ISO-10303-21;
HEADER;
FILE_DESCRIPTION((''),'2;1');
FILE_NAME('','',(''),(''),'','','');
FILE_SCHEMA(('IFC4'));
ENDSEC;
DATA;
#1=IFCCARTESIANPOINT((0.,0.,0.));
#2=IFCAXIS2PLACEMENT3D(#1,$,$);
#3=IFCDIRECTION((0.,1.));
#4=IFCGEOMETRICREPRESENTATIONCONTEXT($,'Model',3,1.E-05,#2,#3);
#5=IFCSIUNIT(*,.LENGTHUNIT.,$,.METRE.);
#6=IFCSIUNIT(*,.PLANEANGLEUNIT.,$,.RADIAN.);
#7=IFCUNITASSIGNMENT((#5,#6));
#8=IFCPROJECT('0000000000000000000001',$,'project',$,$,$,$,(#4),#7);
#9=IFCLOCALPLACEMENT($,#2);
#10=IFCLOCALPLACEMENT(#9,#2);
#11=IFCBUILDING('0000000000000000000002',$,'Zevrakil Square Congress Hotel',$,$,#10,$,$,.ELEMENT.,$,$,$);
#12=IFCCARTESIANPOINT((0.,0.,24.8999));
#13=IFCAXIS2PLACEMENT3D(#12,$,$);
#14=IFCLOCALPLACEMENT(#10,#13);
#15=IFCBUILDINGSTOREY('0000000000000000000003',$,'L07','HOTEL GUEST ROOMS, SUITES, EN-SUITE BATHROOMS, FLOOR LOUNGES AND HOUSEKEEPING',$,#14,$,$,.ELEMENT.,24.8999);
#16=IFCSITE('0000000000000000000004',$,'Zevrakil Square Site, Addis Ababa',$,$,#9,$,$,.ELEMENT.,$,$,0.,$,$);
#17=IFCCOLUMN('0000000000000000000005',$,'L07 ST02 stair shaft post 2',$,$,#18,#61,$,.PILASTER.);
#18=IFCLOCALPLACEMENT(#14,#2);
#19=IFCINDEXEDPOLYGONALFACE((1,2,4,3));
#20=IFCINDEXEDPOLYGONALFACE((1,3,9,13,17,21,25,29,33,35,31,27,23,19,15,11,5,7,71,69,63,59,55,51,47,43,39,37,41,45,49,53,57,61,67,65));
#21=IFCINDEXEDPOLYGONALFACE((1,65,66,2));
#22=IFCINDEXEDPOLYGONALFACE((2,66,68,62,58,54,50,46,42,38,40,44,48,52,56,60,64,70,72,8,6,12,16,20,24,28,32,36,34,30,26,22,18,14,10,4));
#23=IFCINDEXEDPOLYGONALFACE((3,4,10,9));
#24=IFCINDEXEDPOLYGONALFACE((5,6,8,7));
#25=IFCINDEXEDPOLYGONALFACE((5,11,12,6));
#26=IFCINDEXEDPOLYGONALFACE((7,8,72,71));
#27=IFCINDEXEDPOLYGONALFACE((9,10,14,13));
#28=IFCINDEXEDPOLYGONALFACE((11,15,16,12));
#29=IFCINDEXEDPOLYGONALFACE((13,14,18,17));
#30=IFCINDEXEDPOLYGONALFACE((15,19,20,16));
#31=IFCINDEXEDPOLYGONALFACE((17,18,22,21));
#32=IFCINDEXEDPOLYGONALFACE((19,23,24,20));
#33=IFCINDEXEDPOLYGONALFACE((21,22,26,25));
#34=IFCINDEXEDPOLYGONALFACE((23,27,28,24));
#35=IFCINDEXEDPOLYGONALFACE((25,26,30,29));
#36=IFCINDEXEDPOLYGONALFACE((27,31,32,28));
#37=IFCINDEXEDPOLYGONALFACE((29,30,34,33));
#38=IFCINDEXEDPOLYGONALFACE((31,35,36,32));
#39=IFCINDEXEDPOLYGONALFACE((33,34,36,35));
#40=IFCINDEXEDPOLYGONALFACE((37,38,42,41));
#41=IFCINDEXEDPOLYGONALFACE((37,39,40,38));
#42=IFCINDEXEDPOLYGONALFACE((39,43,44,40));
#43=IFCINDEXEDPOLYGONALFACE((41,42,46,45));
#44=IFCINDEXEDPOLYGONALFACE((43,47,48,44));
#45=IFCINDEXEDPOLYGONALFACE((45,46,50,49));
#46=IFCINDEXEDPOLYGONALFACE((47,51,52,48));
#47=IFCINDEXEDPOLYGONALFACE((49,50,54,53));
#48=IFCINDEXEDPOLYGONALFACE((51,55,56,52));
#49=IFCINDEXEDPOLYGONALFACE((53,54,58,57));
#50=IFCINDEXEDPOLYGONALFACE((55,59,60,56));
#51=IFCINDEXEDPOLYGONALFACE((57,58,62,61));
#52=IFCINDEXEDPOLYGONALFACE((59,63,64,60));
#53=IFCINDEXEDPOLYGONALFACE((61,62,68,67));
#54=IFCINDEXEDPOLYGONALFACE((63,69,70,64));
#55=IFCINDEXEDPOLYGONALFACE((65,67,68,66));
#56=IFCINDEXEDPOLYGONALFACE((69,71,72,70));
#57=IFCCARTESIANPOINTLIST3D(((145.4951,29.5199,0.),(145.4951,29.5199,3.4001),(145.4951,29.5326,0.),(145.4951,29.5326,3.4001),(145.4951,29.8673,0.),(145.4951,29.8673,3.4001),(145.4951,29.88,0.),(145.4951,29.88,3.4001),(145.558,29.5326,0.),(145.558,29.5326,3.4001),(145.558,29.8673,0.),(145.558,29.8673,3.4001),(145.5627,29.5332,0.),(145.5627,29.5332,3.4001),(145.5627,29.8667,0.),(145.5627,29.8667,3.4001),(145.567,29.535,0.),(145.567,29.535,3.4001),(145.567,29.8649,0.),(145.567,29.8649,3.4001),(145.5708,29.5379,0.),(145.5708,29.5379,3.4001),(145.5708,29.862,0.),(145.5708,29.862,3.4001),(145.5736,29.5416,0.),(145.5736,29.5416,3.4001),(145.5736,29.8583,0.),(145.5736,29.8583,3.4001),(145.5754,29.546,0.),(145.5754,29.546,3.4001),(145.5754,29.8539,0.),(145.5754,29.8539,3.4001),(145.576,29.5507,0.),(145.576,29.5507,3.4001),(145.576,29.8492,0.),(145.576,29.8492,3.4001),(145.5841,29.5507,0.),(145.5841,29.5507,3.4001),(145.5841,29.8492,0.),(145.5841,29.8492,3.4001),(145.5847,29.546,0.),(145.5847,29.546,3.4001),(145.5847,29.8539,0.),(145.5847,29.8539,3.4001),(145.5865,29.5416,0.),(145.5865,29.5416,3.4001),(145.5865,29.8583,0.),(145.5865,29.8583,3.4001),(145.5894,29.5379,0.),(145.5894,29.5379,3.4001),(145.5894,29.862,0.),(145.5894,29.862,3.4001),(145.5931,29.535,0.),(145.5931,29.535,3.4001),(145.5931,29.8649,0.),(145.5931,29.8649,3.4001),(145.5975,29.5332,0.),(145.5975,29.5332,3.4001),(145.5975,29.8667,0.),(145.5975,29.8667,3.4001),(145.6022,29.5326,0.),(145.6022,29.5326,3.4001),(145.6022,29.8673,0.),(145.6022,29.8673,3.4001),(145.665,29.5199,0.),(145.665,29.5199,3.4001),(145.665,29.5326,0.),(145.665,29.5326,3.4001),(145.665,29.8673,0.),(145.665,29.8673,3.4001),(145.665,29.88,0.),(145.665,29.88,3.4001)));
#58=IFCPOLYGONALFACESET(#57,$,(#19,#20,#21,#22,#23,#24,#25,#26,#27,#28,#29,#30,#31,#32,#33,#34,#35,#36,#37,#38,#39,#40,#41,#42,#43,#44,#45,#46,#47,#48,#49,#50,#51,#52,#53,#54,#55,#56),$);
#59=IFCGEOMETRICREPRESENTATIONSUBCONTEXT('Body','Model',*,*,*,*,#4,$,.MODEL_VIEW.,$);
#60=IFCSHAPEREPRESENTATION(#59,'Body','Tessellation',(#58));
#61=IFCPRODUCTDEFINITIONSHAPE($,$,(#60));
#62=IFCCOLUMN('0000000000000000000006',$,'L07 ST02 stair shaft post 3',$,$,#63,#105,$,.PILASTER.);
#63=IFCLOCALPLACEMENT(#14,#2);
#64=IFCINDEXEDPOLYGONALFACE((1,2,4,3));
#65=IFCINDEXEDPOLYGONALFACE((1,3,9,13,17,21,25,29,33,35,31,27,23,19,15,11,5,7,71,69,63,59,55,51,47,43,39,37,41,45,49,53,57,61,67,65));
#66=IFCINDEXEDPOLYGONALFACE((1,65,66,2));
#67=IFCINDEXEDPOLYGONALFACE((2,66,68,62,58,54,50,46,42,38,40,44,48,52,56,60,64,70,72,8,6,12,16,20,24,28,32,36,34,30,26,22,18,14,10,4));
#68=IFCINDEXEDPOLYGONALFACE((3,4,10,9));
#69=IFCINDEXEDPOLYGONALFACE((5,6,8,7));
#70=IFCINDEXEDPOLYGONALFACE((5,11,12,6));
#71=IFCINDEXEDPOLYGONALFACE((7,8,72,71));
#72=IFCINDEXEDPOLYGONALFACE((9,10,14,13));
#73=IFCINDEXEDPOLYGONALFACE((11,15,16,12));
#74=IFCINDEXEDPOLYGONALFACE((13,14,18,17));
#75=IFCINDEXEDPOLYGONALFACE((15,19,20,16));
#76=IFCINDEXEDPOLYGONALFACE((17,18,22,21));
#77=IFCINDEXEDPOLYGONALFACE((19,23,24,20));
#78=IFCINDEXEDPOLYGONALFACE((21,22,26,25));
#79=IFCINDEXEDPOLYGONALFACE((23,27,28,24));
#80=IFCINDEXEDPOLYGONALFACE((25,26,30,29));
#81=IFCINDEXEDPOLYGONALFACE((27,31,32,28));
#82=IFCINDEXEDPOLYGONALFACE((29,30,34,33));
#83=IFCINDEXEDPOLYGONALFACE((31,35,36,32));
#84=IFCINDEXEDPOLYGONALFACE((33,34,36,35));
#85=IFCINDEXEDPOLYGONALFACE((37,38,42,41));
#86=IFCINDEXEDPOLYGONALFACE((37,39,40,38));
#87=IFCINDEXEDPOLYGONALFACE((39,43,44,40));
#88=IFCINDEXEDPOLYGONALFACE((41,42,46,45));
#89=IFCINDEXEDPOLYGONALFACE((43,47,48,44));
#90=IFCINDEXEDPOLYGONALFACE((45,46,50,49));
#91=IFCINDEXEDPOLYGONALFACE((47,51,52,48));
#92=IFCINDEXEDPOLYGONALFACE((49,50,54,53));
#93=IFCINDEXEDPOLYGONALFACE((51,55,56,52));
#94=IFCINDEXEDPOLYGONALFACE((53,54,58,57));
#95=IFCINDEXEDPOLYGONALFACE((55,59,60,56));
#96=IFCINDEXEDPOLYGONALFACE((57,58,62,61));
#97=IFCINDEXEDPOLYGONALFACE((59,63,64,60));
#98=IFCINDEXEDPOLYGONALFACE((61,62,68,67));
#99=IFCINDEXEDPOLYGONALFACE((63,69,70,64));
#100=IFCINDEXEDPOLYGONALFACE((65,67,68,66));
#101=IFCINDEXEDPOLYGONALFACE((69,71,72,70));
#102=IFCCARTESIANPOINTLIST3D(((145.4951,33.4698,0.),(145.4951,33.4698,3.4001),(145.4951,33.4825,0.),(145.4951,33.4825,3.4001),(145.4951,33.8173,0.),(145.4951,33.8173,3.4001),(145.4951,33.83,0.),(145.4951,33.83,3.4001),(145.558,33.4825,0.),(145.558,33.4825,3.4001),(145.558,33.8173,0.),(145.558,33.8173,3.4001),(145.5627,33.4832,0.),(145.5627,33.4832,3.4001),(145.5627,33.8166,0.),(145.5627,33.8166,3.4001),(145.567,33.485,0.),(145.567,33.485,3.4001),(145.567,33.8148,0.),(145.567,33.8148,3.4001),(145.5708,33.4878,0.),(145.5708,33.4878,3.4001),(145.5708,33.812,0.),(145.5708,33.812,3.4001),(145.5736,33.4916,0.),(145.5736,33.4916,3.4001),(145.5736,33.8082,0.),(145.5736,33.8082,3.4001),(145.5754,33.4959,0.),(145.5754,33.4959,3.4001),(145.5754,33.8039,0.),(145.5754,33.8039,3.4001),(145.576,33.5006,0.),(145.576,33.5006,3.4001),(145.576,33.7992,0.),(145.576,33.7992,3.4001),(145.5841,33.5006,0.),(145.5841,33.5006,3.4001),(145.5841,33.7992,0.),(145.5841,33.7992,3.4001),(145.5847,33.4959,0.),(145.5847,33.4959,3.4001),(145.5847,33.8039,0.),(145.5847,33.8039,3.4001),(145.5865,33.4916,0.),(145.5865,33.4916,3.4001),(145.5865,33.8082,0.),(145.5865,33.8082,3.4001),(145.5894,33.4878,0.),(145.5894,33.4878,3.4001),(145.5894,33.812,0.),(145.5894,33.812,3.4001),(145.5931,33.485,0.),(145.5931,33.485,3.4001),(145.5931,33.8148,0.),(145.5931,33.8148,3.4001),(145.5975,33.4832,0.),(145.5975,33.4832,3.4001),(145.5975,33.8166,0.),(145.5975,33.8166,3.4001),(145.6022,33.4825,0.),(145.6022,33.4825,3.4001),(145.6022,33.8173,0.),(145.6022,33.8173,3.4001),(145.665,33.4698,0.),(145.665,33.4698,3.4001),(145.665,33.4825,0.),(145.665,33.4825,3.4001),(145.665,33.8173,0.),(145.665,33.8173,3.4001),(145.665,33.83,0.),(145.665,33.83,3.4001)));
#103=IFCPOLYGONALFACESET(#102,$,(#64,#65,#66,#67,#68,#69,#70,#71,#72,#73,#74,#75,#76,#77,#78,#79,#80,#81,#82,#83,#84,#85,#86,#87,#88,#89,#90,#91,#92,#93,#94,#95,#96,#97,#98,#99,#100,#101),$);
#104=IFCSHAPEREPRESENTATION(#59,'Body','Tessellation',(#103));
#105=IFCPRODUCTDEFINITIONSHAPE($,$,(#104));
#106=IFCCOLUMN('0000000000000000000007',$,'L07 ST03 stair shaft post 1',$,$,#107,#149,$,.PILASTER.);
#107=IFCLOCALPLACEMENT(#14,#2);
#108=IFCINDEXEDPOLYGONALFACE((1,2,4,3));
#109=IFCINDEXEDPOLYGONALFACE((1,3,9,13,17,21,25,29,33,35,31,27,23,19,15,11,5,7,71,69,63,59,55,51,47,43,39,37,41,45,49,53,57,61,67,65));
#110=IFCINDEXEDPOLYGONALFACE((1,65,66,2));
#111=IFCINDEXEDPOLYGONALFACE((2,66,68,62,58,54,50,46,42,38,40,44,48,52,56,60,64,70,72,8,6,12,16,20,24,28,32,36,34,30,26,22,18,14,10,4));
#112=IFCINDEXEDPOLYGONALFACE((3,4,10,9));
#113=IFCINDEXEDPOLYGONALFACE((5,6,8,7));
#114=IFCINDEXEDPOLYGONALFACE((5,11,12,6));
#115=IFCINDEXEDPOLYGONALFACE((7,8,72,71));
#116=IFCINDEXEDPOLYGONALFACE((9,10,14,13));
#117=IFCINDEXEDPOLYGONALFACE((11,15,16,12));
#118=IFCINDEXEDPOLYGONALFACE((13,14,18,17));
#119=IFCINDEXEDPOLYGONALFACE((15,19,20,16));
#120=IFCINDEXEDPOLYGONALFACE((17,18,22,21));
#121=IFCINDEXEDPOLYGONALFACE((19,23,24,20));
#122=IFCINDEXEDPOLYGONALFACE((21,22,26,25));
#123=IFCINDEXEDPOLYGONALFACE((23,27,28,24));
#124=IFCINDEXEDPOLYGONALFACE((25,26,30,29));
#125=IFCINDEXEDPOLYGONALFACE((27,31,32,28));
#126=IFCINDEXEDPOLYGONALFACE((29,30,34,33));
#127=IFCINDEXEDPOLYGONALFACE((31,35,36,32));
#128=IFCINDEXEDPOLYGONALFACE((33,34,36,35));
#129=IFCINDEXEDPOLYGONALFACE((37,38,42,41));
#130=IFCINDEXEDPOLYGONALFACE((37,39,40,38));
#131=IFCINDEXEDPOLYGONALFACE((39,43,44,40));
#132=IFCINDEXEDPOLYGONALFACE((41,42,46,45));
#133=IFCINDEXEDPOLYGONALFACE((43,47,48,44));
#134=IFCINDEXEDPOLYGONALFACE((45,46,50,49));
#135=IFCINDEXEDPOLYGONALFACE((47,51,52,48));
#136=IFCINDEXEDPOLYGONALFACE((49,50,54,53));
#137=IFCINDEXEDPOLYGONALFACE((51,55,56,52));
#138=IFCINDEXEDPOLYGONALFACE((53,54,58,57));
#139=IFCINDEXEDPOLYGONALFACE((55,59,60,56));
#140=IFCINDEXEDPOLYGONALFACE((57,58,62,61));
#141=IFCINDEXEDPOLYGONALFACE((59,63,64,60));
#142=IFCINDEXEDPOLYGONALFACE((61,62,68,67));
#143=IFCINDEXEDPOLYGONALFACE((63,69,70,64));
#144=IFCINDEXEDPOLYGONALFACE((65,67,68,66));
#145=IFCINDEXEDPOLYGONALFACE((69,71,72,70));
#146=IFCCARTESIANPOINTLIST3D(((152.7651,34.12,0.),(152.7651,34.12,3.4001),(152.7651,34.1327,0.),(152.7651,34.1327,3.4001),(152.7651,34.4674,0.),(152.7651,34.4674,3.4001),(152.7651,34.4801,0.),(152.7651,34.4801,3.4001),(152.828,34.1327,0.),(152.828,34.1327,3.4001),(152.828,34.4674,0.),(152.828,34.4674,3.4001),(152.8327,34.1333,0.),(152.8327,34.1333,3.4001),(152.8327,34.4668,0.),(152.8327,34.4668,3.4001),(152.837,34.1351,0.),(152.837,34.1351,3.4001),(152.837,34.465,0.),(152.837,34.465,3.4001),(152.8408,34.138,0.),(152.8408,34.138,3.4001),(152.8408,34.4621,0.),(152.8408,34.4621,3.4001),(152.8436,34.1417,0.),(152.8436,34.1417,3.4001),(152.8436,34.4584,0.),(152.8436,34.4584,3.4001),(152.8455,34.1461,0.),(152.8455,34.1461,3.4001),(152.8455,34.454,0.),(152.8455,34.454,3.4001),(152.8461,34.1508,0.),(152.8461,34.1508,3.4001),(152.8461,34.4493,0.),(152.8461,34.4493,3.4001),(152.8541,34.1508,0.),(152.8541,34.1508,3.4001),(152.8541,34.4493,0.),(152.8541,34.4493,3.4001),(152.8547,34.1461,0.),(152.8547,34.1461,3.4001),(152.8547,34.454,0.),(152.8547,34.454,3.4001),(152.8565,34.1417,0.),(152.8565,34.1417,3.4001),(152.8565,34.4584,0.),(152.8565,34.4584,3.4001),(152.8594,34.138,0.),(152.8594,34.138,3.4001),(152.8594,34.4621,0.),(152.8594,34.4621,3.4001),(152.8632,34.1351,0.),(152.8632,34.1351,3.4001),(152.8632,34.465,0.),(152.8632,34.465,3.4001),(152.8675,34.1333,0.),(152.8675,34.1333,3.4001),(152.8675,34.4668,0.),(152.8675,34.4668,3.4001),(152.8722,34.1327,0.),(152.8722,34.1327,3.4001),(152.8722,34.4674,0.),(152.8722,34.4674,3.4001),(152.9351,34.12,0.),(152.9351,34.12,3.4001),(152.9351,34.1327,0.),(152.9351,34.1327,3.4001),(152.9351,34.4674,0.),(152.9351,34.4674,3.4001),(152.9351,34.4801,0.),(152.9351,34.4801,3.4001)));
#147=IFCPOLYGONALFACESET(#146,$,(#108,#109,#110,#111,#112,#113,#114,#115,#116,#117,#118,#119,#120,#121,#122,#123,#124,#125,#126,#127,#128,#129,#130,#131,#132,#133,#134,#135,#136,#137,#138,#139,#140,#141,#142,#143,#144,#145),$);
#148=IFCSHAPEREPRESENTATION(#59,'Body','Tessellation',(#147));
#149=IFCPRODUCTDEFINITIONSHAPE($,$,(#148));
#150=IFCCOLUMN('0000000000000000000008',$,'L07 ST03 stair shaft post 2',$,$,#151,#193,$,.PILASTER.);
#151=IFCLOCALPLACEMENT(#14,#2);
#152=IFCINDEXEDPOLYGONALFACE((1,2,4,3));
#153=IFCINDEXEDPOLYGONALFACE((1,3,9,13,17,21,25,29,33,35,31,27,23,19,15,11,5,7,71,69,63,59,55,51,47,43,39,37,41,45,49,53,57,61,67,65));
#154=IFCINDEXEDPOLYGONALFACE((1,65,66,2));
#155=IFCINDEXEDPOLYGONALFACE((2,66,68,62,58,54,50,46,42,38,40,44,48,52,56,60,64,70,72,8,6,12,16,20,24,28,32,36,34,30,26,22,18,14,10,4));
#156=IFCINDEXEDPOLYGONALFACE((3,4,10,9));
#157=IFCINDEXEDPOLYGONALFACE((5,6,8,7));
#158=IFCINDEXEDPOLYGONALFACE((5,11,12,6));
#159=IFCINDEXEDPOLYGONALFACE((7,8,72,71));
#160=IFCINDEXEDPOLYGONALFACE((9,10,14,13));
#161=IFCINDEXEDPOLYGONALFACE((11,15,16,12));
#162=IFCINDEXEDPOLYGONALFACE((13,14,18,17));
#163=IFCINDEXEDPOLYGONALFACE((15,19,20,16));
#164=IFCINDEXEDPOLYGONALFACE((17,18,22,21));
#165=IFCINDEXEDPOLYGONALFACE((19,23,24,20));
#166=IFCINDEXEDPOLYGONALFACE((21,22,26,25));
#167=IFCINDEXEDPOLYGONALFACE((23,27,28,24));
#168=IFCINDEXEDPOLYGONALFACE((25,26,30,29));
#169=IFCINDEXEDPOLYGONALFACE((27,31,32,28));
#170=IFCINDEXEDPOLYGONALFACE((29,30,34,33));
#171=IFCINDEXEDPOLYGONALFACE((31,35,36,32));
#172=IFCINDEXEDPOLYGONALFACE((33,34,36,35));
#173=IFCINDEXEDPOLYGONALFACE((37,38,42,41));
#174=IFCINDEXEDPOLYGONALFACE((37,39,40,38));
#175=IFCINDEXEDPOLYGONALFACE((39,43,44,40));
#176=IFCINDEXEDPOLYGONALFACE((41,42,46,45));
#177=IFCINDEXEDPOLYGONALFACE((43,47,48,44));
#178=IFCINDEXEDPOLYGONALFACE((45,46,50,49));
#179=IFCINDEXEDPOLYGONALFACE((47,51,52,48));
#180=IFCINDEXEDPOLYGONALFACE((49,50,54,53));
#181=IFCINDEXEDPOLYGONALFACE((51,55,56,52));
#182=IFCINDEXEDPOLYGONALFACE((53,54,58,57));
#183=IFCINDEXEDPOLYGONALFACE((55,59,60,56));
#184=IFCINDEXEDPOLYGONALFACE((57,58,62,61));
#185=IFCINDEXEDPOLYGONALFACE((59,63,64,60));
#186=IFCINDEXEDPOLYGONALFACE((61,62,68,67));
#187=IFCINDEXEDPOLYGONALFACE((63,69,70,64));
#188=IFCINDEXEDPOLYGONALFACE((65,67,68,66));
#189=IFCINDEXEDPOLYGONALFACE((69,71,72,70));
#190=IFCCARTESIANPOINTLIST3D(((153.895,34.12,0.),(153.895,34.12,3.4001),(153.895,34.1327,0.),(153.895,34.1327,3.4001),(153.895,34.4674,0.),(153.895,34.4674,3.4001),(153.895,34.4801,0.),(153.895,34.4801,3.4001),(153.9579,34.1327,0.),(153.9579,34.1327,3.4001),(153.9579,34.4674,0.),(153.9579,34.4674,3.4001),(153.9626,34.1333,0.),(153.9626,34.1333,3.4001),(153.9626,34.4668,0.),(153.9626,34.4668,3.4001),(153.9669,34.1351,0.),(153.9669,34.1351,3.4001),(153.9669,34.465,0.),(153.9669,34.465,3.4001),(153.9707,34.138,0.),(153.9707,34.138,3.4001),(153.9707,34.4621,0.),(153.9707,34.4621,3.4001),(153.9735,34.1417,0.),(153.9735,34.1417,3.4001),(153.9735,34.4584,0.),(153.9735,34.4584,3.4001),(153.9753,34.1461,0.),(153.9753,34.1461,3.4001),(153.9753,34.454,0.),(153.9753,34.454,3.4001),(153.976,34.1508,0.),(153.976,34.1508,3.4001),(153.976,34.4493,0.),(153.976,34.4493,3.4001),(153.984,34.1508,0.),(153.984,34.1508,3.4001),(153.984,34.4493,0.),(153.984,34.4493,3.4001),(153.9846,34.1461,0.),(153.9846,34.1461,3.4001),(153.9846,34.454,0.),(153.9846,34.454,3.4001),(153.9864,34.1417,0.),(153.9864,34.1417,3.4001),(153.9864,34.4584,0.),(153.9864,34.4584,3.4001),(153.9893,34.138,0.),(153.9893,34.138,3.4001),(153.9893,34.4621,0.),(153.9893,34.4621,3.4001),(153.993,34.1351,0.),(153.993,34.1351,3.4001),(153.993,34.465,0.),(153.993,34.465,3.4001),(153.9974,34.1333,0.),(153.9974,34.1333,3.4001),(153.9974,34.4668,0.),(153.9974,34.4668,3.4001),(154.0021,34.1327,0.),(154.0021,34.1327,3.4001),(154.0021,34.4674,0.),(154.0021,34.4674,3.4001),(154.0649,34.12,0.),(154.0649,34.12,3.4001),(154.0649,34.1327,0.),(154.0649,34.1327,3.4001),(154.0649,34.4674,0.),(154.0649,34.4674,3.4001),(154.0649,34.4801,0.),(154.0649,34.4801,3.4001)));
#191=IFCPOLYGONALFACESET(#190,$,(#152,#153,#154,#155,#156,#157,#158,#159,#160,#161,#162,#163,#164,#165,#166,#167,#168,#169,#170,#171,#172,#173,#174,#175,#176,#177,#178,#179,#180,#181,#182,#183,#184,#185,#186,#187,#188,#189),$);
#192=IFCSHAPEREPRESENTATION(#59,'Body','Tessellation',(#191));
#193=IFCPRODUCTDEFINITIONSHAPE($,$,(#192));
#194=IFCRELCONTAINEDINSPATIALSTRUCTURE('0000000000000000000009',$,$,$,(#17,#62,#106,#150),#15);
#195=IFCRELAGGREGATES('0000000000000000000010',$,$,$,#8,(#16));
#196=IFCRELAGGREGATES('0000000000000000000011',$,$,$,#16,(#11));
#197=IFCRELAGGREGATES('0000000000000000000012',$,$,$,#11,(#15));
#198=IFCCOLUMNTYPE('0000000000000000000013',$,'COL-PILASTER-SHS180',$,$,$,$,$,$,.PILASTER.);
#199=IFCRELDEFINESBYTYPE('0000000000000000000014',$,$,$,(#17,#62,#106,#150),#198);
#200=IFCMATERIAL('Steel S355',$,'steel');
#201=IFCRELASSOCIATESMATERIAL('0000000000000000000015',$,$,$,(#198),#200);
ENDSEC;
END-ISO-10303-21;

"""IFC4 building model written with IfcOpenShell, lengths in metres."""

from ifc_helpers import new_model, si_unit, direction, frame, origin, origin_2d, place, context, subcontext, project, spatial, i_section, extrude, material, material_profile, profile_set, type_object, element, save


model = new_model("IFC4")

# Units and contexts
model_context = context("Model", 3, precision=1e-05, world=origin(), true_north=direction((0.0, 1.0)))
body_context = subcontext(model_context, "Body", "Model", "MODEL_VIEW")
ifc_project = project(units=[si_unit("LENGTHUNIT", "METRE"), si_unit("PLANEANGLEUNIT", "RADIAN")], contexts=[model_context])

# Site, building, storey
site_placement = place(None, origin())
site = spatial("IfcSite", under=ifc_project, at=site_placement, Name="Zevrakil Square Site, Addis Ababa", CompositionType="ELEMENT", RefElevation=0.0)
building_placement = place(site_placement, origin())
building = spatial("IfcBuilding", under=site, at=building_placement, Name="Zevrakil Square Congress Hotel", CompositionType="ELEMENT")
storey_placement = place(building_placement, frame((0.0, 0.0, 24.8999)))
storey = spatial("IfcBuildingStorey", under=building, at=storey_placement, Name="L07", Description="HOTEL GUEST ROOMS, SUITES, EN-SUITE BATHROOMS, FLOOR LOUNGES AND HOUSEKEEPING", CompositionType="ELEMENT", Elevation=24.8999)

# Columns
ifc_material_1 = material(Name="Steel S355", Category="steel")
ifc_material_profile_1 = material_profile(ifc_material_1, i_section(OverallWidth=0.1699, OverallDepth=0.3601, WebThickness=0.0081, FlangeThickness=0.0127, FilletRadius=0.0181, at=origin_2d()), Name="IPE 360")
ifc_profile_set_1 = profile_set([ifc_material_profile_1], Name="Steel S355")
column_type = type_object("IfcColumnType", Name="COL-PILASTER-SHS180", PredefinedType="PILASTER", material=ifc_profile_set_1)
for number, where, z_axis, x_axis, name in (
    (1, (145.5801, 29.7, 0.0), (0.0, 0.0, 1.0), (1.0, 0.0, 0.0), "L07 ST02 stair shaft post 2"),
    (2, (145.5801, 33.6499, 0.0), (0.0, 0.0, 1.0), (1.0, 0.0, 0.0), "L07 ST02 stair shaft post 3"),
    (3, (152.8501, 34.3, 0.0), (0.0, 0.0, 1.0), (1.0, 0.0, 0.0), "L07 ST03 stair shaft post 1"),
    (4, (153.98, 34.3, 0.0), (0.0, 0.0, 1.0), (1.0, 0.0, 0.0), "L07 ST03 stair shaft post 2"),
):
    element("IfcColumn", number, at=place(storey_placement, frame(where, z_axis=z_axis, x_axis=x_axis)), inside=storey, type_object=column_type, Name=name, PredefinedType="PILASTER", context=body_context, shape_type="SweptSolid", body=[
        extrude(i_section(OverallWidth=0.1699, OverallDepth=0.3601, WebThickness=0.0081, FlangeThickness=0.0127, FilletRadius=0.0181, at=origin_2d()), origin(), (0.0, 0.0, 1.0), 3.4001),
    ])

save(model, "model.ifc")
